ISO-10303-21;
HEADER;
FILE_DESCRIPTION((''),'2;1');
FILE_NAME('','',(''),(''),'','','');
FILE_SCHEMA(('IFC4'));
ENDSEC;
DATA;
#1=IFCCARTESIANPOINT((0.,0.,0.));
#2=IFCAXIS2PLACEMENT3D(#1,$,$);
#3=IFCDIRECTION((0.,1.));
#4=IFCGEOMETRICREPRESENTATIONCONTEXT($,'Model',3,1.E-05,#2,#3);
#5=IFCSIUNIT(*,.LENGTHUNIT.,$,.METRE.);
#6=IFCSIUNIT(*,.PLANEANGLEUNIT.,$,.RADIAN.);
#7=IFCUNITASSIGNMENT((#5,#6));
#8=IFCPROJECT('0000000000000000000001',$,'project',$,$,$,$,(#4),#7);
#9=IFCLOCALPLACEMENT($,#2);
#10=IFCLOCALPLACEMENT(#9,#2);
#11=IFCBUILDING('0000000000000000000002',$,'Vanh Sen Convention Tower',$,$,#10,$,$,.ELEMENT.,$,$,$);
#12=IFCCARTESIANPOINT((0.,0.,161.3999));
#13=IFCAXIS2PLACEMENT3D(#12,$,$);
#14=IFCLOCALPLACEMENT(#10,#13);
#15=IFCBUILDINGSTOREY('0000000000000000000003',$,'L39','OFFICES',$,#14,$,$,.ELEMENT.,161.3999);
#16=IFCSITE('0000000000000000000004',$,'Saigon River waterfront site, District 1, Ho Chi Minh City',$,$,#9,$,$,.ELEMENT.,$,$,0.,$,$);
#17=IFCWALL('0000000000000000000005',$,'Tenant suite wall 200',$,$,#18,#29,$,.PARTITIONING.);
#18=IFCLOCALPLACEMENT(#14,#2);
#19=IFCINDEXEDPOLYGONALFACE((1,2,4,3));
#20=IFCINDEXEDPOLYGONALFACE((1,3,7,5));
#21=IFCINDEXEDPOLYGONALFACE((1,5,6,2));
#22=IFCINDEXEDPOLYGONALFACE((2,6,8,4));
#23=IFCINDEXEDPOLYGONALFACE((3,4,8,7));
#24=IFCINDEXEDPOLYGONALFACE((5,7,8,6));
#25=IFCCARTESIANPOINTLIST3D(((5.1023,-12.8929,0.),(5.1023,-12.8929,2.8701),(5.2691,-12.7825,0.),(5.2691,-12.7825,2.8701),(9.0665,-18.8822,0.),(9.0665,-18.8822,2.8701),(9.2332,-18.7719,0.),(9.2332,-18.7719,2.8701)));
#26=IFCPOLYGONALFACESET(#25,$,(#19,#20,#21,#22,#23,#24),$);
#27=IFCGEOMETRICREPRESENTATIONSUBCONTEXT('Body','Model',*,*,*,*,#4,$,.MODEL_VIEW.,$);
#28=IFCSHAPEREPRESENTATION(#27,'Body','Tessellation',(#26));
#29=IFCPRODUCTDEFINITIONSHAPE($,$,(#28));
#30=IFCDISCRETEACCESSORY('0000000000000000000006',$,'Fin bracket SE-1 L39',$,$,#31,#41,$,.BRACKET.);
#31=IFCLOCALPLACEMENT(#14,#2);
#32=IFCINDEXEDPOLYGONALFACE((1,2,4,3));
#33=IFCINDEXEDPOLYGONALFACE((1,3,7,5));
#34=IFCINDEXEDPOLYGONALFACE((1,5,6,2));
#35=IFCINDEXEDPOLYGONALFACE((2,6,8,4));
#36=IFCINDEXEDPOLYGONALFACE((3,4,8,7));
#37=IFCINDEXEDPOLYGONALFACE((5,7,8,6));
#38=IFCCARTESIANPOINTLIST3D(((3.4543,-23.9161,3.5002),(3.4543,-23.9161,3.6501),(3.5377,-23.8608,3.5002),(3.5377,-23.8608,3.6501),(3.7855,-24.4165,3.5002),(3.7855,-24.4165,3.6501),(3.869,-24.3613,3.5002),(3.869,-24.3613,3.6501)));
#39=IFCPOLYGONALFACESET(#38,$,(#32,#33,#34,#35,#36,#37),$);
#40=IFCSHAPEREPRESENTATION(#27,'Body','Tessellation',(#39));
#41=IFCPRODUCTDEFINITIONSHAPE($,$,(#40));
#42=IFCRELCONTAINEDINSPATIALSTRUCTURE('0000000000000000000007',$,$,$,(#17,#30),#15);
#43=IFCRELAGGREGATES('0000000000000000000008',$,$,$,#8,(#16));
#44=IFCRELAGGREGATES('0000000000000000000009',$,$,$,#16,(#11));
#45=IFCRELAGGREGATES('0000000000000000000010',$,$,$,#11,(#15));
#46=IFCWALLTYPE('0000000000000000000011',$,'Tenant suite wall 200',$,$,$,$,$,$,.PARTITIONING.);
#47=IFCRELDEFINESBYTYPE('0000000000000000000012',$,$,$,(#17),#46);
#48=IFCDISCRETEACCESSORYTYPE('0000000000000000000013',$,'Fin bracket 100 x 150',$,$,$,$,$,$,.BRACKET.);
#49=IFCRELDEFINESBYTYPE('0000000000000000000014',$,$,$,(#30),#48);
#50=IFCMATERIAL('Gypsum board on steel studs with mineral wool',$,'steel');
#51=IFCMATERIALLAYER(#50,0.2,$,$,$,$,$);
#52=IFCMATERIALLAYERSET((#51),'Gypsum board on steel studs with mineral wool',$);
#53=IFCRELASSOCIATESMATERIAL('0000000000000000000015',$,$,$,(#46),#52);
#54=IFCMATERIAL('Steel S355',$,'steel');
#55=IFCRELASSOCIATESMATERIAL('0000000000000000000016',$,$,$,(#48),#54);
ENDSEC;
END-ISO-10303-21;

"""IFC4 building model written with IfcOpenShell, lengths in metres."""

from ifc_helpers import new_model, si_unit, direction, frame, frame_2d, origin, origin_2d, place, context, subcontext, project, spatial, rectangle, extrude, material, layer, layer_set, type_object, element, save


model = new_model("IFC4")

# Units and contexts
model_context = context("Model", 3, precision=1e-05, world=origin(), true_north=direction((0.0, 1.0)))
body_context = subcontext(model_context, "Body", "Model", "MODEL_VIEW")
ifc_project = project(units=[si_unit("LENGTHUNIT", "METRE"), si_unit("PLANEANGLEUNIT", "RADIAN")], contexts=[model_context])

# Site, building, storey
site_placement = place(None, origin())
site = spatial("IfcSite", under=ifc_project, at=site_placement, Name="Saigon River waterfront site, District 1, Ho Chi Minh City", CompositionType="ELEMENT", RefElevation=0.0)
building_placement = place(site_placement, origin())
building = spatial("IfcBuilding", under=site, at=building_placement, Name="Vanh Sen Convention Tower", CompositionType="ELEMENT")
storey_placement = place(building_placement, frame((0.0, 0.0, 161.3999)))
storey = spatial("IfcBuildingStorey", under=building, at=storey_placement, Name="L39", Description="OFFICES", CompositionType="ELEMENT", Elevation=161.3999)

# Shared definitions
ifc_material_1 = material(Name="Gypsum board on steel studs with mineral wool", Category="steel")

# Wall
ifc_layer_1 = layer(ifc_material_1, 0.2)
ifc_layer_set_1 = layer_set([ifc_layer_1], Name="Gypsum board on steel studs with mineral wool")
wall_type_1 = type_object("IfcWallType", Name="Tenant suite wall 200", PredefinedType="PARTITIONING", material=ifc_layer_set_1)
wall_1_placement = place(storey_placement, frame((9.1499, -18.8271, 0.0), z_axis=(0.0, 0.0, 1.0), x_axis=(-0.551928, 0.833892, 0.0)))
element("IfcWall", 1, at=wall_1_placement, inside=storey, type_object=wall_type_1, Name="Tenant suite wall 200", PredefinedType="PARTITIONING", context=body_context, shape_type="SweptSolid", body=[
    extrude(rectangle(XDim=7.1824, YDim=0.2, at=frame_2d((3.5913, 0.0))), origin(), (0.0, 0.0, 1.0), 2.8701),
])

# Discrete accessory
ifc_material_2 = material(Name="Steel S355", Category="steel")
discrete_accessory_type = type_object("IfcDiscreteAccessoryType", Name="Fin bracket 100 x 150", PredefinedType="BRACKET", material=ifc_material_2)
discrete_accessory_placement = place(storey_placement, frame((3.6616, -24.1387, 3.5002), z_axis=(0.0, 0.0, 1.0), x_axis=(0.551937, -0.833886, 0.0)))
element("IfcDiscreteAccessory", 2, at=discrete_accessory_placement, inside=storey, type_object=discrete_accessory_type, Name="Fin bracket SE-1 L39", PredefinedType="BRACKET", context=body_context, shape_type="SweptSolid", body=[
    extrude(rectangle(XDim=0.6001, YDim=0.1001, at=origin_2d()), origin(), (0.0, 0.0, 1.0), 0.1499),
])

save(model, "model.ifc")
